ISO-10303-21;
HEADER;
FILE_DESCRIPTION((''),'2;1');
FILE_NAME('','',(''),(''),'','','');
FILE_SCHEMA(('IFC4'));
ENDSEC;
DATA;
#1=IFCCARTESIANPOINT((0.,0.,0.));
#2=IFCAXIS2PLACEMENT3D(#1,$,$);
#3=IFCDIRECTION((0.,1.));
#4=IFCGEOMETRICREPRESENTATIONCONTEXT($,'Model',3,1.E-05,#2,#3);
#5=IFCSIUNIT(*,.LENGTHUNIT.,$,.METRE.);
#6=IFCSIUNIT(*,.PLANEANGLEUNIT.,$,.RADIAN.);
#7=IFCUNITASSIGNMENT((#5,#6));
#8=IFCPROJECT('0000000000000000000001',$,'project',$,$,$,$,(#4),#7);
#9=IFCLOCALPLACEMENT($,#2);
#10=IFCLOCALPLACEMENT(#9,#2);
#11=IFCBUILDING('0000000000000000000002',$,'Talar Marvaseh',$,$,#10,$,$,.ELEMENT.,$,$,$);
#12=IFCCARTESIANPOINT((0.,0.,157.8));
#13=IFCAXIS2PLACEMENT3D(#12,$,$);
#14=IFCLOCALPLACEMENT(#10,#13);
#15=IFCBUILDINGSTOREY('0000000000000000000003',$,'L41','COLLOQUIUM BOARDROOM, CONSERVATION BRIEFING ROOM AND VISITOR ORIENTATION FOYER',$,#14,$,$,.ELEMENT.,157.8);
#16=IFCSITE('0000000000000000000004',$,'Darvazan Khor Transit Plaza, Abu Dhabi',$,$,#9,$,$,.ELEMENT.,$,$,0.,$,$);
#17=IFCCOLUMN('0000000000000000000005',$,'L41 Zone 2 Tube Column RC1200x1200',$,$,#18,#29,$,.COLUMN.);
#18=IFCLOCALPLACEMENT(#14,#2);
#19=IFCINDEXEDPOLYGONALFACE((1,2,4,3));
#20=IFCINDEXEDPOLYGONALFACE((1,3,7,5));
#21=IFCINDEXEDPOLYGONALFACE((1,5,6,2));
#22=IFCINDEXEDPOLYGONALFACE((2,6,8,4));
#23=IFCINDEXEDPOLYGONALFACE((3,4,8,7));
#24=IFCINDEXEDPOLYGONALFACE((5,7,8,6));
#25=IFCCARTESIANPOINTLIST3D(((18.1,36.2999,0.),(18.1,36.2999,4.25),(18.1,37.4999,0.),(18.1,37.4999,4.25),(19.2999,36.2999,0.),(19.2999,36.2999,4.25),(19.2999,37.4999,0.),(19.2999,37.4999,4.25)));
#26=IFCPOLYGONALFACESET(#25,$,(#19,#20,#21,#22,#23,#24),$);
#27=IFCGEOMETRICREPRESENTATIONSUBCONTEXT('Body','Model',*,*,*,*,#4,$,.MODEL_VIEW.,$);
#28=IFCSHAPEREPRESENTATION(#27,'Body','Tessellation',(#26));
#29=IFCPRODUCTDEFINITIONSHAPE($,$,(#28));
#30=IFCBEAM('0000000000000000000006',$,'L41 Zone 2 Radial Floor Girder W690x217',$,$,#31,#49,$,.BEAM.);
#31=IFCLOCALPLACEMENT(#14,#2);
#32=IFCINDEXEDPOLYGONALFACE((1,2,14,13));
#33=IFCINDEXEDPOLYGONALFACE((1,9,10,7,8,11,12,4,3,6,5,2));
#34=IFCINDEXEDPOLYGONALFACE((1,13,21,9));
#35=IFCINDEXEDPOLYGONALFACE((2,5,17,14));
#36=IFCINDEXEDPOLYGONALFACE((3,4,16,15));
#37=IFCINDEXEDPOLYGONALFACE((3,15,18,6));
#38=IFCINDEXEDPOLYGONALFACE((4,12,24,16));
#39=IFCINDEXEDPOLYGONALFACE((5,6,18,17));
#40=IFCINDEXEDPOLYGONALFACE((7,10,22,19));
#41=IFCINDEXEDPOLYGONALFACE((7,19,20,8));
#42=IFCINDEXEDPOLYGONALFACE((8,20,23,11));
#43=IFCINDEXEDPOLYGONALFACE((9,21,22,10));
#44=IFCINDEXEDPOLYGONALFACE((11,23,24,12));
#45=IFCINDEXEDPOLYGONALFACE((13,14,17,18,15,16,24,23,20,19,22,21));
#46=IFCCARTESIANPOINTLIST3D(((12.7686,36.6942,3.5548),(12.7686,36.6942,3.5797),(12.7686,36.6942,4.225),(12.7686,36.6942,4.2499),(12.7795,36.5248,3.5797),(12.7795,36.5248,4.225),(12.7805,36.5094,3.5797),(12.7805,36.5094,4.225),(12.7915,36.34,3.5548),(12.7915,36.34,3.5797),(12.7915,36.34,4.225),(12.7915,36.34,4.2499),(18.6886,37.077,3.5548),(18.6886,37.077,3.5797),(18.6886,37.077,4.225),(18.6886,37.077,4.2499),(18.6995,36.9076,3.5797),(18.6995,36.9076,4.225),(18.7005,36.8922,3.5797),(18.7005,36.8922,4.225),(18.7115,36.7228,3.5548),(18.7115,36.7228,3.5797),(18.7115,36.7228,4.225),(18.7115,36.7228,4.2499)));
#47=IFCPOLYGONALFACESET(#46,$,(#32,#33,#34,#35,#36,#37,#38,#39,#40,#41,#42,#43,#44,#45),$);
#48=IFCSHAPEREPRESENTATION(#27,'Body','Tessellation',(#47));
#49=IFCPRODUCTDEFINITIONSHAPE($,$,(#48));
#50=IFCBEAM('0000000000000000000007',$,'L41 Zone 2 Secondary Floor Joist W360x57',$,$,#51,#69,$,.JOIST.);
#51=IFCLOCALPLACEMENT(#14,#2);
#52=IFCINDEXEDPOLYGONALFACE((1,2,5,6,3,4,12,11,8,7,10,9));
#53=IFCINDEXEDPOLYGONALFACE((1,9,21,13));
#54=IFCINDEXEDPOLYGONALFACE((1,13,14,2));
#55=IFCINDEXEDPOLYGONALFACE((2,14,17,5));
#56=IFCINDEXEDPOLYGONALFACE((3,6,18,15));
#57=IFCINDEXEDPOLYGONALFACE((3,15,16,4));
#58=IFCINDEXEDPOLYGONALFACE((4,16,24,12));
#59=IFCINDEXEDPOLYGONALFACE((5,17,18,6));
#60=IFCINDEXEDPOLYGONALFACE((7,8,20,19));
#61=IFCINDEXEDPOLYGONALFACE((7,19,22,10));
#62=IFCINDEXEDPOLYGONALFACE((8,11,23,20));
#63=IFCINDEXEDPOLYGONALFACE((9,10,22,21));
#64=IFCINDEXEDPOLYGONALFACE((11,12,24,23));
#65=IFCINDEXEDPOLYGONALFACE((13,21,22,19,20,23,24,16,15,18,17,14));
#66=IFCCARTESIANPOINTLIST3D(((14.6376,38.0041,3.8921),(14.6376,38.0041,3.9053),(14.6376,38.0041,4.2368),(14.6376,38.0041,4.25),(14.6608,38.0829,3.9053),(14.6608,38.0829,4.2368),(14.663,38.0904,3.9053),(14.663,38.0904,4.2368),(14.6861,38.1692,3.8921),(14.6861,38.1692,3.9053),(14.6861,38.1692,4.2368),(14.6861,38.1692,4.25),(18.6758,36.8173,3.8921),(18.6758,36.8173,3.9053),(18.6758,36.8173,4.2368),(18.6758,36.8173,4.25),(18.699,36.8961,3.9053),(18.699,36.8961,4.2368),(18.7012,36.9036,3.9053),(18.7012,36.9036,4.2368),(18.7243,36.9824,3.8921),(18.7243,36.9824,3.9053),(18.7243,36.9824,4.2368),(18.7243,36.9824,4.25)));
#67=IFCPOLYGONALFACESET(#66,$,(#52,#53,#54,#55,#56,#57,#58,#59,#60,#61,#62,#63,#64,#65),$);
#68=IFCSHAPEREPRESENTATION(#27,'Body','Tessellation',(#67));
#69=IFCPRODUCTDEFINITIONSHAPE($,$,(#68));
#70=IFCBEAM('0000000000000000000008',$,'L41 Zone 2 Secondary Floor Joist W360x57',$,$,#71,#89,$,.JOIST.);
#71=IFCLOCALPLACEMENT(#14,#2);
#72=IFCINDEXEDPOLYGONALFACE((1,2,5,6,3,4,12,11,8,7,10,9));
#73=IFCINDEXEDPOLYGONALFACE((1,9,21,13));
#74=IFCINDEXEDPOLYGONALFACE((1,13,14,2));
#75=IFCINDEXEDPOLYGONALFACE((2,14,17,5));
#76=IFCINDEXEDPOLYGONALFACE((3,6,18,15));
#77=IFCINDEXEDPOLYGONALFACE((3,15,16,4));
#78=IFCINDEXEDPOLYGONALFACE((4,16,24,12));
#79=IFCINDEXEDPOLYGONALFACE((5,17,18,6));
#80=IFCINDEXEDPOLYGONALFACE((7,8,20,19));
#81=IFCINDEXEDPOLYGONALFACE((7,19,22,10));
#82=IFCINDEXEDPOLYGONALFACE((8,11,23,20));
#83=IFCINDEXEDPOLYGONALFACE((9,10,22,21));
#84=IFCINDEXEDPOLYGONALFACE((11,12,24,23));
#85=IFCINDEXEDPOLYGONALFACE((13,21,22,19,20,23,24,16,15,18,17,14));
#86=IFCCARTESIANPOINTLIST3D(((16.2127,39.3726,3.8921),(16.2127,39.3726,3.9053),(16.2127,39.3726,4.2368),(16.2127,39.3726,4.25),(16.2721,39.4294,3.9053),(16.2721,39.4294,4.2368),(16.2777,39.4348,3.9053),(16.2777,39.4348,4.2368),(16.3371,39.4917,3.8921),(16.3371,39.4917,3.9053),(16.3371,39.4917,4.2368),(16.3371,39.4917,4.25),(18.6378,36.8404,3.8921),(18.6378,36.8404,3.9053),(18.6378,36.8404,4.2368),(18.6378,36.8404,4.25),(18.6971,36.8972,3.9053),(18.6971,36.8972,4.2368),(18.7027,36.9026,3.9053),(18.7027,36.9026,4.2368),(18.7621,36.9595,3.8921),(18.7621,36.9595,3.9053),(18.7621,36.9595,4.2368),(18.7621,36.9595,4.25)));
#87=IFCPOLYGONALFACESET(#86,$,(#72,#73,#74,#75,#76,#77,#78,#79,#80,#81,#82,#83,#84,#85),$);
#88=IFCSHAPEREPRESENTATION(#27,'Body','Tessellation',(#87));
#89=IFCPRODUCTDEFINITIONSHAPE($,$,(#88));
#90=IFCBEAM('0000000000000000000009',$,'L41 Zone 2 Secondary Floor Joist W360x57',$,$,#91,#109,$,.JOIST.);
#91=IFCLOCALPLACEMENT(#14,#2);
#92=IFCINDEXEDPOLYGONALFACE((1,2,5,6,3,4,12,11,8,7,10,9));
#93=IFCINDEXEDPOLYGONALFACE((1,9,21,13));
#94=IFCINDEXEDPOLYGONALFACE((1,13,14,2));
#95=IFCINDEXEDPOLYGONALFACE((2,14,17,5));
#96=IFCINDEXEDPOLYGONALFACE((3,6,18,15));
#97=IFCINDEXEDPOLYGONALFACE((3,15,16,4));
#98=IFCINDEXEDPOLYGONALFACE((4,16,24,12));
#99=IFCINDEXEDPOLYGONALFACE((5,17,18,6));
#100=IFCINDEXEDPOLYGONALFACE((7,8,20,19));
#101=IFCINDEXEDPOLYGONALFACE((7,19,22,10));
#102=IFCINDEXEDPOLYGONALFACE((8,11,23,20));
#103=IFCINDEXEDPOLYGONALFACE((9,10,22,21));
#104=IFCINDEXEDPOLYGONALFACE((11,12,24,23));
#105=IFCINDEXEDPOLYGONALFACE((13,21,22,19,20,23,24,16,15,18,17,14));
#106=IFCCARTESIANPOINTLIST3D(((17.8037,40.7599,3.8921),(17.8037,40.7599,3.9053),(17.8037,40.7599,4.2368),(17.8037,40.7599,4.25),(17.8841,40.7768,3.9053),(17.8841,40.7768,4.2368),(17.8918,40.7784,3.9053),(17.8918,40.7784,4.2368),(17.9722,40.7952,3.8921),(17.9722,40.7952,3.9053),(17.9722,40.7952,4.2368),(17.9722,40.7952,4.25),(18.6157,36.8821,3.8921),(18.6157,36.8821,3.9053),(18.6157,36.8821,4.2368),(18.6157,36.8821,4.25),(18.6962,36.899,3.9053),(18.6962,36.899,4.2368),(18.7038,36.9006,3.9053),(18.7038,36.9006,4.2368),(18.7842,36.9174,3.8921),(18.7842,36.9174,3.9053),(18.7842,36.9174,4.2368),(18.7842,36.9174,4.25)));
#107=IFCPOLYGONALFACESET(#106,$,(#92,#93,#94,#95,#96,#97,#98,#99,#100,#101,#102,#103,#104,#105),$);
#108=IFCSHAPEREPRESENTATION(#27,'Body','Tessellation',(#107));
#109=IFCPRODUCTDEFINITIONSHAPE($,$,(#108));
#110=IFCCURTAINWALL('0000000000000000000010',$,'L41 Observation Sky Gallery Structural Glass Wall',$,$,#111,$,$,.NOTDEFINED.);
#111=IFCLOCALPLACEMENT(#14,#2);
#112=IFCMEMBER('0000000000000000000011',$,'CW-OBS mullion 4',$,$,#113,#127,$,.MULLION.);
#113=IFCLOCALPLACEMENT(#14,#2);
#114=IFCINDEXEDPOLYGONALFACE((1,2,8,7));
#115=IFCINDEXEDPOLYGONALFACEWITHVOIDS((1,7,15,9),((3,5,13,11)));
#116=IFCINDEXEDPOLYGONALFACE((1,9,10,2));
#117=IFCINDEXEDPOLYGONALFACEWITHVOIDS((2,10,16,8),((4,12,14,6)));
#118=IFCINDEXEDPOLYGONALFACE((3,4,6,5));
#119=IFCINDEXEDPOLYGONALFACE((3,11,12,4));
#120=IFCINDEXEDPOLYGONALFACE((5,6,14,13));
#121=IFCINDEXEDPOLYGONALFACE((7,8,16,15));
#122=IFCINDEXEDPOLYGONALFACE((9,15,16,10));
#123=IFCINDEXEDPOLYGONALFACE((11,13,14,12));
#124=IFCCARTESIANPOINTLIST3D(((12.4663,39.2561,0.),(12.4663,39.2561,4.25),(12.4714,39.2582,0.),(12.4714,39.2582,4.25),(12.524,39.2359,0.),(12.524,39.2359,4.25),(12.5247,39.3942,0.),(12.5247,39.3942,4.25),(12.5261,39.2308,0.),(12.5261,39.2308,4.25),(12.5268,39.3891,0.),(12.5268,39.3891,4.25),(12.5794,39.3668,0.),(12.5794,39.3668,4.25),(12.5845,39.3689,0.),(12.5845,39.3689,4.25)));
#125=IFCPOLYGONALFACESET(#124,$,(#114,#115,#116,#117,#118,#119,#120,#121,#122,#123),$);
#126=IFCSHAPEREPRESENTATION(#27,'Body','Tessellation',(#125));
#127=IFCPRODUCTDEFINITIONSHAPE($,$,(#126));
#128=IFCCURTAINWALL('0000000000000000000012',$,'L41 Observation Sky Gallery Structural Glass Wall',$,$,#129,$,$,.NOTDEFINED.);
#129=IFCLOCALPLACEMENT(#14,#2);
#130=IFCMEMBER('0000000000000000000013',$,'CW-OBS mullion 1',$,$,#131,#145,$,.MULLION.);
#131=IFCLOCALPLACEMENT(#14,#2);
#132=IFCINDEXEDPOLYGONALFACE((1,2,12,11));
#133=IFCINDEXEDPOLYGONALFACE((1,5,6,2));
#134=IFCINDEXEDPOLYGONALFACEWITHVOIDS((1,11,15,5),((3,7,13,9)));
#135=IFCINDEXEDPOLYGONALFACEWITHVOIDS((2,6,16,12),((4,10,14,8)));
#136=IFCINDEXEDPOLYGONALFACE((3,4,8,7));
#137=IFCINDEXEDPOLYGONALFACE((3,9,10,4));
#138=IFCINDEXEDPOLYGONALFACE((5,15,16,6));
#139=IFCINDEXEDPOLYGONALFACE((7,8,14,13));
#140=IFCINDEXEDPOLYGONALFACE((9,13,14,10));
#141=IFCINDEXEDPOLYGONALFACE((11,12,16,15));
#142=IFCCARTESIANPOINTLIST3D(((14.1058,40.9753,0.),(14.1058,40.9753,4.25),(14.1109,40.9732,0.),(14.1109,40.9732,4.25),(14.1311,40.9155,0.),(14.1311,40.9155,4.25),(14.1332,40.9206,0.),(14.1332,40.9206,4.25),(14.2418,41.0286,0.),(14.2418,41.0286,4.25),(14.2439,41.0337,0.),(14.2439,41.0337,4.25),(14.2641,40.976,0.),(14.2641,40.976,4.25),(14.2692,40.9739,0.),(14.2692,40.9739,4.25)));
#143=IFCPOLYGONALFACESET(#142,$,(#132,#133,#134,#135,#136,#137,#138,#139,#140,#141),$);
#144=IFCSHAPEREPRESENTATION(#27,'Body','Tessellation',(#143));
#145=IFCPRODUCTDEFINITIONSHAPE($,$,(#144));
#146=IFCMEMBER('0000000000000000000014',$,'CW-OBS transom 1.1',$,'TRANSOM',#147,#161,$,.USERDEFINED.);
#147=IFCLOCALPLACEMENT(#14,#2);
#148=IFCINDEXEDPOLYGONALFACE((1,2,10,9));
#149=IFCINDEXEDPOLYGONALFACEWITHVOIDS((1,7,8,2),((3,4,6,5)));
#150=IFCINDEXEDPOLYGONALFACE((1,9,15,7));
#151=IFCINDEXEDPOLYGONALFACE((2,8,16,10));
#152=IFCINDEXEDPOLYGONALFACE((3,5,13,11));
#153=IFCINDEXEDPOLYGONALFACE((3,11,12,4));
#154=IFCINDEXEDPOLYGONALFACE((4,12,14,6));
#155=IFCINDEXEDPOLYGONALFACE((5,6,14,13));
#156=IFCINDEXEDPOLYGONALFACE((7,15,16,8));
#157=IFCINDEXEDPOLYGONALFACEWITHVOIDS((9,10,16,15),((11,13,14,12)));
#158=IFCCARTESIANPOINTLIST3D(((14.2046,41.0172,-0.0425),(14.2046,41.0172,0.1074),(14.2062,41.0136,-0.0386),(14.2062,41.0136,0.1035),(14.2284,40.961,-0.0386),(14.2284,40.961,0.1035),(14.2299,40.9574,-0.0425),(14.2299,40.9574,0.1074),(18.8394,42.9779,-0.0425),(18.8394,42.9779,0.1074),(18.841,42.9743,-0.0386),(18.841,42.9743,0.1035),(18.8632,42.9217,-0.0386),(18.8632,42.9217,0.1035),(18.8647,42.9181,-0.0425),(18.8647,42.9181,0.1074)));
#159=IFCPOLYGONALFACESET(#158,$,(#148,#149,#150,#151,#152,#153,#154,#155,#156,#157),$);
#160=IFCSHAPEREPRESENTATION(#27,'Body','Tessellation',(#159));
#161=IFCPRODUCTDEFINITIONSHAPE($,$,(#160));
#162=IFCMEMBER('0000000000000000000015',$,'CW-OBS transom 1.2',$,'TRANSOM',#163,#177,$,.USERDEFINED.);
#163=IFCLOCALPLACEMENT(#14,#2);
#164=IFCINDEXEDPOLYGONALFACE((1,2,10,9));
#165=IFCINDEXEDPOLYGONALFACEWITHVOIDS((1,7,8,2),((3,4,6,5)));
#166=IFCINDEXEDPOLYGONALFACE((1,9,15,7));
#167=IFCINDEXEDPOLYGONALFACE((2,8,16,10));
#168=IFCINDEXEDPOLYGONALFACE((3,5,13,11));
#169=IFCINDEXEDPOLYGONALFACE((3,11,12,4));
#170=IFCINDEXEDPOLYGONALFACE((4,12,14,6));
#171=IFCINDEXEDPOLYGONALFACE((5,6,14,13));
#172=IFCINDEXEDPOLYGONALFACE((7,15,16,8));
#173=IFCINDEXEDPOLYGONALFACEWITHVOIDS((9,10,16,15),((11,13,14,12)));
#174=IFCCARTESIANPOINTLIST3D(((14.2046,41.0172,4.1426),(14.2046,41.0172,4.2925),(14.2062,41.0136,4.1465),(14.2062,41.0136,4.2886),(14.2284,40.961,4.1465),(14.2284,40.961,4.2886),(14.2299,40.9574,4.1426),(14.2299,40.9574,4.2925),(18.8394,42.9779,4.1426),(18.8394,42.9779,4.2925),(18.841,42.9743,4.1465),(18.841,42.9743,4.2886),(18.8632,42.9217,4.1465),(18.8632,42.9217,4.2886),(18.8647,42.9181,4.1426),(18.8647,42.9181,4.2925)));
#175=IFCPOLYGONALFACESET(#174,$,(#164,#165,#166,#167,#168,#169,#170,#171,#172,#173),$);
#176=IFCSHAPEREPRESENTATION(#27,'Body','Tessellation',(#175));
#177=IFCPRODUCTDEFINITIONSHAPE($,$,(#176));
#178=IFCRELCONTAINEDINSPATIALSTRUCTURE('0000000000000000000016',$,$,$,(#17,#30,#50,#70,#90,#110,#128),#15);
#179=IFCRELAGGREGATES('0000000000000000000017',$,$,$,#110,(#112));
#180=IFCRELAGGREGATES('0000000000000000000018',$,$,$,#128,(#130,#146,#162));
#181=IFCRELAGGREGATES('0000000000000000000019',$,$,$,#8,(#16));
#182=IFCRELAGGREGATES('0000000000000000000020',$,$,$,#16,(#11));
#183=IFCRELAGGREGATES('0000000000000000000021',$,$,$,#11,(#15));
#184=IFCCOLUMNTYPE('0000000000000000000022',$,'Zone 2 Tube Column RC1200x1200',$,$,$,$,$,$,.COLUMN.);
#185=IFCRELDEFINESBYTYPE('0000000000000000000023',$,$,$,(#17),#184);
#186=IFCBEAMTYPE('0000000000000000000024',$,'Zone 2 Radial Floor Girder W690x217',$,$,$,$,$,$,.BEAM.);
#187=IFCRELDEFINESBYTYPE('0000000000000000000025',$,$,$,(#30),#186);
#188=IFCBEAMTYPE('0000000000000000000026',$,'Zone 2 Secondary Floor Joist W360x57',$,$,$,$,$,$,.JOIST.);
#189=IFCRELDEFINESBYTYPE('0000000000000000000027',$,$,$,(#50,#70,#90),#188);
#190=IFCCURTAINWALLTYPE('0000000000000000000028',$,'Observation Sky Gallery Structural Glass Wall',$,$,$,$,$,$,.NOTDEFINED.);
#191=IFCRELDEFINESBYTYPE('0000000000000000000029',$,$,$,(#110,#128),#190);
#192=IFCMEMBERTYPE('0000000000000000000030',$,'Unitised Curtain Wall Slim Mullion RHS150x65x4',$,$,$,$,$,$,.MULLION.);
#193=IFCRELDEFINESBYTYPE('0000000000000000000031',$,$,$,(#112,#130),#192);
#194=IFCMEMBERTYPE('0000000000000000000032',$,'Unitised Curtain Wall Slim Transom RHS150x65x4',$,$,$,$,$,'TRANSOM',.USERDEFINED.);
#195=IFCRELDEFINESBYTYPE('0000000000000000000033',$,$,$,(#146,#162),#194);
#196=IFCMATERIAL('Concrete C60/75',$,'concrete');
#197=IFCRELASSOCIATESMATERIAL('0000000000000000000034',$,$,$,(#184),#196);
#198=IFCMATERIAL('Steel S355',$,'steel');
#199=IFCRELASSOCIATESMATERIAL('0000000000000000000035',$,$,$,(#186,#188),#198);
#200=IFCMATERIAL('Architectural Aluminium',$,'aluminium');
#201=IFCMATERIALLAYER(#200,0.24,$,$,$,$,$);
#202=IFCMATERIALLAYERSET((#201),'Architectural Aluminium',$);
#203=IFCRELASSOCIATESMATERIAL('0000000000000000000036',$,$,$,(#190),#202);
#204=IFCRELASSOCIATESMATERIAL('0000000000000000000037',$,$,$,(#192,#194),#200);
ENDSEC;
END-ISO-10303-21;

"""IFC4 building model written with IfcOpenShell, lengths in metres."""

from ifc_helpers import new_model, si_unit, direction, frame, origin, origin_2d, place, context, subcontext, project, spatial, rectangle, hollow_rectangle, i_section, extrude, source, transform, mapped, material, layer, layer_set, material_profile, profile_set, type_object, type_shapes, element, aggregate, save


model = new_model("IFC4")

# Units and contexts
model_context = context("Model", 3, precision=1e-05, world=origin(), true_north=direction((0.0, 1.0)))
body_context = subcontext(model_context, "Body", "Model", "MODEL_VIEW")
ifc_project = project(units=[si_unit("LENGTHUNIT", "METRE"), si_unit("PLANEANGLEUNIT", "RADIAN")], contexts=[model_context])

# Site, building, storey
site_placement = place(None, origin())
site = spatial("IfcSite", under=ifc_project, at=site_placement, Name="Darvazan Khor Transit Plaza, Abu Dhabi", CompositionType="ELEMENT", RefElevation=0.0)
building_placement = place(site_placement, origin())
building = spatial("IfcBuilding", under=site, at=building_placement, Name="Talar Marvaseh", CompositionType="ELEMENT")
storey_placement = place(building_placement, frame((0.0, 0.0, 157.8)))
storey = spatial("IfcBuildingStorey", under=building, at=storey_placement, Name="L41", Description="COLLOQUIUM BOARDROOM, CONSERVATION BRIEFING ROOM AND VISITOR ORIENTATION FOYER", CompositionType="ELEMENT", Elevation=157.8)

# Column
ifc_material_1 = material(Name="Concrete C60/75", Category="concrete")
ifc_material_profile_1 = material_profile(ifc_material_1, rectangle(XDim=1.2, YDim=1.2, at=origin_2d()), Name="RC1200x1200")
ifc_profile_set_1 = profile_set([ifc_material_profile_1], Name="Concrete C60/75")
column_type = type_object("IfcColumnType", Name="Zone 2 Tube Column RC1200x1200", PredefinedType="COLUMN", material=ifc_profile_set_1)
column_placement = place(storey_placement, frame((18.7, 36.8999, 0.0), z_axis=(0.0, 0.0, 1.0), x_axis=(1.0, 0.0, 0.0)))
element("IfcColumn", 1, at=column_placement, inside=storey, type_object=column_type, Name="L41 Zone 2 Tube Column RC1200x1200", PredefinedType="COLUMN", context=body_context, shape_type="SweptSolid", body=[
    extrude(rectangle(XDim=1.2, YDim=1.2, at=origin_2d()), origin(), (0.0, 0.0, 1.0), 4.25),
])

# Beams
ifc_material_2 = material(Name="Steel S355", Category="steel")
ifc_material_profile_2 = material_profile(ifc_material_2, i_section(OverallWidth=0.355, OverallDepth=0.6951, WebThickness=0.0154, FlangeThickness=0.0249, at=origin_2d()), Name="W690x217")
ifc_profile_set_2 = profile_set([ifc_material_profile_2], Name="Steel S355")
beam_type_1 = type_object("IfcBeamType", Name="Zone 2 Radial Floor Girder W690x217", PredefinedType="BEAM", material=ifc_profile_set_2)
beam_1_placement = place(storey_placement, frame((12.78, 36.5171, 3.9023), z_axis=(0.997916, 0.06453, 0.0), x_axis=(-0.06453, 0.997916, 0.0)))
element("IfcBeam", 2, at=beam_1_placement, inside=storey, type_object=beam_type_1, Name="L41 Zone 2 Radial Floor Girder W690x217", PredefinedType="BEAM", context=body_context, shape_type="SweptSolid", body=[
    extrude(i_section(OverallWidth=0.355, OverallDepth=0.6951, WebThickness=0.0154, FlangeThickness=0.0249, at=origin_2d()), origin(), (0.0, 0.0, 1.0), 5.9324),
])
ifc_material_profile_3 = material_profile(ifc_material_2, i_section(OverallWidth=0.1721, OverallDepth=0.3579, WebThickness=0.0078, FlangeThickness=0.0132, at=origin_2d()), Name="W360x57")
ifc_profile_set_3 = profile_set([ifc_material_profile_3], Name="Steel S355")
beam_type_2 = type_object("IfcBeamType", Name="Zone 2 Secondary Floor Joist W360x57", PredefinedType="JOIST", material=ifc_profile_set_3)
beam_2_placement = place(storey_placement, frame((14.6619, 38.0867, 4.071), z_axis=(0.959424, -0.281968, 0.0), x_axis=(0.281968, 0.959424, 0.0)))
element("IfcBeam", 3, at=beam_2_placement, inside=storey, type_object=beam_type_2, Name="L41 Zone 2 Secondary Floor Joist W360x57", PredefinedType="JOIST", context=body_context, shape_type="SweptSolid", body=[
    extrude(i_section(OverallWidth=0.1721, OverallDepth=0.3579, WebThickness=0.0078, FlangeThickness=0.0132, at=origin_2d()), origin(), (0.0, 0.0, 1.0), 4.209),
])
beam_3_placement = place(storey_placement, frame((16.2749, 39.4321, 4.071), z_axis=(0.691657, -0.722226, 0.0), x_axis=(0.722226, 0.691657, 0.0)))
element("IfcBeam", 4, at=beam_3_placement, inside=storey, type_object=beam_type_2, Name="L41 Zone 2 Secondary Floor Joist W360x57", PredefinedType="JOIST", context=body_context, shape_type="SweptSolid", body=[
    extrude(i_section(OverallWidth=0.1721, OverallDepth=0.3579, WebThickness=0.0078, FlangeThickness=0.0132, at=origin_2d()), origin(), (0.0, 0.0, 1.0), 3.5061),
])
beam_4_placement = place(storey_placement, frame((17.8879, 40.7776, 4.071), z_axis=(0.204961, -0.97877, 0.0), x_axis=(0.97877, 0.204961, 0.0)))
element("IfcBeam", 5, at=beam_4_placement, inside=storey, type_object=beam_type_2, Name="L41 Zone 2 Secondary Floor Joist W360x57", PredefinedType="JOIST", context=body_context, shape_type="SweptSolid", body=[
    extrude(i_section(OverallWidth=0.1721, OverallDepth=0.3579, WebThickness=0.0078, FlangeThickness=0.0132, at=origin_2d()), origin(), (0.0, 0.0, 1.0), 3.9619),
])

# Curtain wall, member
ifc_material_3 = material(Name="Architectural Aluminium", Category="aluminium")
ifc_layer_1 = layer(ifc_material_3, 0.24)
ifc_layer_set_1 = layer_set([ifc_layer_1], Name="Architectural Aluminium")
curtain_wall_type = type_object("IfcCurtainWallType", Name="Observation Sky Gallery Structural Glass Wall", PredefinedType="NOTDEFINED", material=ifc_layer_set_1)
curtain_wall_1_placement = place(storey_placement, origin())
curtain_wall_1 = element("IfcCurtainWall", 6, at=curtain_wall_1_placement, inside=storey, type_object=curtain_wall_type, Name="L41 Observation Sky Gallery Structural Glass Wall", PredefinedType="NOTDEFINED")
ifc_material_profile_4 = material_profile(ifc_material_3, hollow_rectangle(XDim=0.0649, YDim=0.1499, WallThickness=0.0039, at=origin_2d()), Name="RHS150x65x4")
ifc_profile_set_4 = profile_set([ifc_material_profile_4], Name="Architectural Aluminium")
member_type_1 = type_object("IfcMemberType", Name="Unitised Curtain Wall Slim Mullion RHS150x65x4", PredefinedType="MULLION", material=ifc_profile_set_4)
shared_shape_1 = source(origin(), body_context, "Body", "SweptSolid", [
    extrude(hollow_rectangle(XDim=0.0649, YDim=0.1499, WallThickness=0.0039, at=origin_2d()), origin(), (0.0, 0.0, 1.0), 4.25),
])
type_shapes(member_type_1, [shared_shape_1])
member_1_placement = place(storey_placement, frame((12.5254, 39.3125, 0.0), z_axis=(0.0, 0.0, 1.0), x_axis=(-0.920967, 0.38964, 0.0)))
member_1 = element("IfcMember", 7, at=member_1_placement, type_object=member_type_1, Name="CW-OBS mullion 4", PredefinedType="MULLION", context=body_context, shape_type="MappedRepresentation", body=[
    mapped(shared_shape_1, transform((0.0, 0.0, 0.0), x_axis=(1.0, 0.0, 0.0), y_axis=(0.0, 1.0, 0.0), z_axis=(0.0, 0.0, 1.0), scale=1.0)),
])

# Curtain wall, members
curtain_wall_2_placement = place(storey_placement, origin())
curtain_wall_2 = element("IfcCurtainWall", 8, at=curtain_wall_2_placement, inside=storey, type_object=curtain_wall_type, Name="L41 Observation Sky Gallery Structural Glass Wall", PredefinedType="NOTDEFINED")
member_2_placement = place(storey_placement, frame((14.1875, 40.9746, 0.0), z_axis=(0.0, 0.0, 1.0), x_axis=(-0.38964, 0.920967, 0.0)))
member_2 = element("IfcMember", 9, at=member_2_placement, type_object=member_type_1, Name="CW-OBS mullion 1", PredefinedType="MULLION", context=body_context, shape_type="MappedRepresentation", body=[
    mapped(shared_shape_1, transform((0.0, 0.0, 0.0), x_axis=(1.0, 0.0, 0.0), y_axis=(0.0, 1.0, 0.0), z_axis=(0.0, 0.0, 1.0), scale=1.0)),
])
ifc_material_profile_5 = material_profile(ifc_material_3, hollow_rectangle(XDim=0.0649, YDim=0.1499, WallThickness=0.0039, at=origin_2d()), Name="RHS150x65x4")
ifc_profile_set_5 = profile_set([ifc_material_profile_5], Name="Architectural Aluminium")
member_type_2 = type_object("IfcMemberType", Name="Unitised Curtain Wall Slim Transom RHS150x65x4", ElementType="TRANSOM", PredefinedType="USERDEFINED", material=ifc_profile_set_5)
shared_shape_2 = source(origin(), body_context, "Body", "SweptSolid", [
    extrude(hollow_rectangle(XDim=0.0649, YDim=0.1499, WallThickness=0.0039, at=origin_2d()), origin(), (0.0, 0.0, 1.0), 5.0325),
])
type_shapes(member_type_2, [shared_shape_2])
member_3_placement = place(storey_placement, frame((14.2173, 40.9873, 0.0325), z_axis=(0.920979, 0.389612, 0.0), x_axis=(-0.389612, 0.920979, 0.0)))
member_3 = element("IfcMember", 10, at=member_3_placement, type_object=member_type_2, Name="CW-OBS transom 1.1", ObjectType="TRANSOM", PredefinedType="USERDEFINED", context=body_context, shape_type="MappedRepresentation", body=[
    mapped(shared_shape_2, transform((0.0, 0.0, 0.0), x_axis=(1.0, 0.0, 0.0), y_axis=(0.0, 1.0, 0.0), z_axis=(0.0, 0.0, 1.0), scale=1.0)),
])
member_4_placement = place(storey_placement, frame((14.2173, 40.9873, 4.2175), z_axis=(0.920979, 0.389612, 0.0), x_axis=(-0.389612, 0.920979, 0.0)))
member_4 = element("IfcMember", 11, at=member_4_placement, type_object=member_type_2, Name="CW-OBS transom 1.2", ObjectType="TRANSOM", PredefinedType="USERDEFINED", context=body_context, shape_type="MappedRepresentation", body=[
    mapped(shared_shape_2, transform((0.0, 0.0, 0.0), x_axis=(1.0, 0.0, 0.0), y_axis=(0.0, 1.0, 0.0), z_axis=(0.0, 0.0, 1.0), scale=1.0)),
])

aggregate(curtain_wall_1, [member_1])
aggregate(curtain_wall_2, [member_2, member_3, member_4])

save(model, "model.ifc")
